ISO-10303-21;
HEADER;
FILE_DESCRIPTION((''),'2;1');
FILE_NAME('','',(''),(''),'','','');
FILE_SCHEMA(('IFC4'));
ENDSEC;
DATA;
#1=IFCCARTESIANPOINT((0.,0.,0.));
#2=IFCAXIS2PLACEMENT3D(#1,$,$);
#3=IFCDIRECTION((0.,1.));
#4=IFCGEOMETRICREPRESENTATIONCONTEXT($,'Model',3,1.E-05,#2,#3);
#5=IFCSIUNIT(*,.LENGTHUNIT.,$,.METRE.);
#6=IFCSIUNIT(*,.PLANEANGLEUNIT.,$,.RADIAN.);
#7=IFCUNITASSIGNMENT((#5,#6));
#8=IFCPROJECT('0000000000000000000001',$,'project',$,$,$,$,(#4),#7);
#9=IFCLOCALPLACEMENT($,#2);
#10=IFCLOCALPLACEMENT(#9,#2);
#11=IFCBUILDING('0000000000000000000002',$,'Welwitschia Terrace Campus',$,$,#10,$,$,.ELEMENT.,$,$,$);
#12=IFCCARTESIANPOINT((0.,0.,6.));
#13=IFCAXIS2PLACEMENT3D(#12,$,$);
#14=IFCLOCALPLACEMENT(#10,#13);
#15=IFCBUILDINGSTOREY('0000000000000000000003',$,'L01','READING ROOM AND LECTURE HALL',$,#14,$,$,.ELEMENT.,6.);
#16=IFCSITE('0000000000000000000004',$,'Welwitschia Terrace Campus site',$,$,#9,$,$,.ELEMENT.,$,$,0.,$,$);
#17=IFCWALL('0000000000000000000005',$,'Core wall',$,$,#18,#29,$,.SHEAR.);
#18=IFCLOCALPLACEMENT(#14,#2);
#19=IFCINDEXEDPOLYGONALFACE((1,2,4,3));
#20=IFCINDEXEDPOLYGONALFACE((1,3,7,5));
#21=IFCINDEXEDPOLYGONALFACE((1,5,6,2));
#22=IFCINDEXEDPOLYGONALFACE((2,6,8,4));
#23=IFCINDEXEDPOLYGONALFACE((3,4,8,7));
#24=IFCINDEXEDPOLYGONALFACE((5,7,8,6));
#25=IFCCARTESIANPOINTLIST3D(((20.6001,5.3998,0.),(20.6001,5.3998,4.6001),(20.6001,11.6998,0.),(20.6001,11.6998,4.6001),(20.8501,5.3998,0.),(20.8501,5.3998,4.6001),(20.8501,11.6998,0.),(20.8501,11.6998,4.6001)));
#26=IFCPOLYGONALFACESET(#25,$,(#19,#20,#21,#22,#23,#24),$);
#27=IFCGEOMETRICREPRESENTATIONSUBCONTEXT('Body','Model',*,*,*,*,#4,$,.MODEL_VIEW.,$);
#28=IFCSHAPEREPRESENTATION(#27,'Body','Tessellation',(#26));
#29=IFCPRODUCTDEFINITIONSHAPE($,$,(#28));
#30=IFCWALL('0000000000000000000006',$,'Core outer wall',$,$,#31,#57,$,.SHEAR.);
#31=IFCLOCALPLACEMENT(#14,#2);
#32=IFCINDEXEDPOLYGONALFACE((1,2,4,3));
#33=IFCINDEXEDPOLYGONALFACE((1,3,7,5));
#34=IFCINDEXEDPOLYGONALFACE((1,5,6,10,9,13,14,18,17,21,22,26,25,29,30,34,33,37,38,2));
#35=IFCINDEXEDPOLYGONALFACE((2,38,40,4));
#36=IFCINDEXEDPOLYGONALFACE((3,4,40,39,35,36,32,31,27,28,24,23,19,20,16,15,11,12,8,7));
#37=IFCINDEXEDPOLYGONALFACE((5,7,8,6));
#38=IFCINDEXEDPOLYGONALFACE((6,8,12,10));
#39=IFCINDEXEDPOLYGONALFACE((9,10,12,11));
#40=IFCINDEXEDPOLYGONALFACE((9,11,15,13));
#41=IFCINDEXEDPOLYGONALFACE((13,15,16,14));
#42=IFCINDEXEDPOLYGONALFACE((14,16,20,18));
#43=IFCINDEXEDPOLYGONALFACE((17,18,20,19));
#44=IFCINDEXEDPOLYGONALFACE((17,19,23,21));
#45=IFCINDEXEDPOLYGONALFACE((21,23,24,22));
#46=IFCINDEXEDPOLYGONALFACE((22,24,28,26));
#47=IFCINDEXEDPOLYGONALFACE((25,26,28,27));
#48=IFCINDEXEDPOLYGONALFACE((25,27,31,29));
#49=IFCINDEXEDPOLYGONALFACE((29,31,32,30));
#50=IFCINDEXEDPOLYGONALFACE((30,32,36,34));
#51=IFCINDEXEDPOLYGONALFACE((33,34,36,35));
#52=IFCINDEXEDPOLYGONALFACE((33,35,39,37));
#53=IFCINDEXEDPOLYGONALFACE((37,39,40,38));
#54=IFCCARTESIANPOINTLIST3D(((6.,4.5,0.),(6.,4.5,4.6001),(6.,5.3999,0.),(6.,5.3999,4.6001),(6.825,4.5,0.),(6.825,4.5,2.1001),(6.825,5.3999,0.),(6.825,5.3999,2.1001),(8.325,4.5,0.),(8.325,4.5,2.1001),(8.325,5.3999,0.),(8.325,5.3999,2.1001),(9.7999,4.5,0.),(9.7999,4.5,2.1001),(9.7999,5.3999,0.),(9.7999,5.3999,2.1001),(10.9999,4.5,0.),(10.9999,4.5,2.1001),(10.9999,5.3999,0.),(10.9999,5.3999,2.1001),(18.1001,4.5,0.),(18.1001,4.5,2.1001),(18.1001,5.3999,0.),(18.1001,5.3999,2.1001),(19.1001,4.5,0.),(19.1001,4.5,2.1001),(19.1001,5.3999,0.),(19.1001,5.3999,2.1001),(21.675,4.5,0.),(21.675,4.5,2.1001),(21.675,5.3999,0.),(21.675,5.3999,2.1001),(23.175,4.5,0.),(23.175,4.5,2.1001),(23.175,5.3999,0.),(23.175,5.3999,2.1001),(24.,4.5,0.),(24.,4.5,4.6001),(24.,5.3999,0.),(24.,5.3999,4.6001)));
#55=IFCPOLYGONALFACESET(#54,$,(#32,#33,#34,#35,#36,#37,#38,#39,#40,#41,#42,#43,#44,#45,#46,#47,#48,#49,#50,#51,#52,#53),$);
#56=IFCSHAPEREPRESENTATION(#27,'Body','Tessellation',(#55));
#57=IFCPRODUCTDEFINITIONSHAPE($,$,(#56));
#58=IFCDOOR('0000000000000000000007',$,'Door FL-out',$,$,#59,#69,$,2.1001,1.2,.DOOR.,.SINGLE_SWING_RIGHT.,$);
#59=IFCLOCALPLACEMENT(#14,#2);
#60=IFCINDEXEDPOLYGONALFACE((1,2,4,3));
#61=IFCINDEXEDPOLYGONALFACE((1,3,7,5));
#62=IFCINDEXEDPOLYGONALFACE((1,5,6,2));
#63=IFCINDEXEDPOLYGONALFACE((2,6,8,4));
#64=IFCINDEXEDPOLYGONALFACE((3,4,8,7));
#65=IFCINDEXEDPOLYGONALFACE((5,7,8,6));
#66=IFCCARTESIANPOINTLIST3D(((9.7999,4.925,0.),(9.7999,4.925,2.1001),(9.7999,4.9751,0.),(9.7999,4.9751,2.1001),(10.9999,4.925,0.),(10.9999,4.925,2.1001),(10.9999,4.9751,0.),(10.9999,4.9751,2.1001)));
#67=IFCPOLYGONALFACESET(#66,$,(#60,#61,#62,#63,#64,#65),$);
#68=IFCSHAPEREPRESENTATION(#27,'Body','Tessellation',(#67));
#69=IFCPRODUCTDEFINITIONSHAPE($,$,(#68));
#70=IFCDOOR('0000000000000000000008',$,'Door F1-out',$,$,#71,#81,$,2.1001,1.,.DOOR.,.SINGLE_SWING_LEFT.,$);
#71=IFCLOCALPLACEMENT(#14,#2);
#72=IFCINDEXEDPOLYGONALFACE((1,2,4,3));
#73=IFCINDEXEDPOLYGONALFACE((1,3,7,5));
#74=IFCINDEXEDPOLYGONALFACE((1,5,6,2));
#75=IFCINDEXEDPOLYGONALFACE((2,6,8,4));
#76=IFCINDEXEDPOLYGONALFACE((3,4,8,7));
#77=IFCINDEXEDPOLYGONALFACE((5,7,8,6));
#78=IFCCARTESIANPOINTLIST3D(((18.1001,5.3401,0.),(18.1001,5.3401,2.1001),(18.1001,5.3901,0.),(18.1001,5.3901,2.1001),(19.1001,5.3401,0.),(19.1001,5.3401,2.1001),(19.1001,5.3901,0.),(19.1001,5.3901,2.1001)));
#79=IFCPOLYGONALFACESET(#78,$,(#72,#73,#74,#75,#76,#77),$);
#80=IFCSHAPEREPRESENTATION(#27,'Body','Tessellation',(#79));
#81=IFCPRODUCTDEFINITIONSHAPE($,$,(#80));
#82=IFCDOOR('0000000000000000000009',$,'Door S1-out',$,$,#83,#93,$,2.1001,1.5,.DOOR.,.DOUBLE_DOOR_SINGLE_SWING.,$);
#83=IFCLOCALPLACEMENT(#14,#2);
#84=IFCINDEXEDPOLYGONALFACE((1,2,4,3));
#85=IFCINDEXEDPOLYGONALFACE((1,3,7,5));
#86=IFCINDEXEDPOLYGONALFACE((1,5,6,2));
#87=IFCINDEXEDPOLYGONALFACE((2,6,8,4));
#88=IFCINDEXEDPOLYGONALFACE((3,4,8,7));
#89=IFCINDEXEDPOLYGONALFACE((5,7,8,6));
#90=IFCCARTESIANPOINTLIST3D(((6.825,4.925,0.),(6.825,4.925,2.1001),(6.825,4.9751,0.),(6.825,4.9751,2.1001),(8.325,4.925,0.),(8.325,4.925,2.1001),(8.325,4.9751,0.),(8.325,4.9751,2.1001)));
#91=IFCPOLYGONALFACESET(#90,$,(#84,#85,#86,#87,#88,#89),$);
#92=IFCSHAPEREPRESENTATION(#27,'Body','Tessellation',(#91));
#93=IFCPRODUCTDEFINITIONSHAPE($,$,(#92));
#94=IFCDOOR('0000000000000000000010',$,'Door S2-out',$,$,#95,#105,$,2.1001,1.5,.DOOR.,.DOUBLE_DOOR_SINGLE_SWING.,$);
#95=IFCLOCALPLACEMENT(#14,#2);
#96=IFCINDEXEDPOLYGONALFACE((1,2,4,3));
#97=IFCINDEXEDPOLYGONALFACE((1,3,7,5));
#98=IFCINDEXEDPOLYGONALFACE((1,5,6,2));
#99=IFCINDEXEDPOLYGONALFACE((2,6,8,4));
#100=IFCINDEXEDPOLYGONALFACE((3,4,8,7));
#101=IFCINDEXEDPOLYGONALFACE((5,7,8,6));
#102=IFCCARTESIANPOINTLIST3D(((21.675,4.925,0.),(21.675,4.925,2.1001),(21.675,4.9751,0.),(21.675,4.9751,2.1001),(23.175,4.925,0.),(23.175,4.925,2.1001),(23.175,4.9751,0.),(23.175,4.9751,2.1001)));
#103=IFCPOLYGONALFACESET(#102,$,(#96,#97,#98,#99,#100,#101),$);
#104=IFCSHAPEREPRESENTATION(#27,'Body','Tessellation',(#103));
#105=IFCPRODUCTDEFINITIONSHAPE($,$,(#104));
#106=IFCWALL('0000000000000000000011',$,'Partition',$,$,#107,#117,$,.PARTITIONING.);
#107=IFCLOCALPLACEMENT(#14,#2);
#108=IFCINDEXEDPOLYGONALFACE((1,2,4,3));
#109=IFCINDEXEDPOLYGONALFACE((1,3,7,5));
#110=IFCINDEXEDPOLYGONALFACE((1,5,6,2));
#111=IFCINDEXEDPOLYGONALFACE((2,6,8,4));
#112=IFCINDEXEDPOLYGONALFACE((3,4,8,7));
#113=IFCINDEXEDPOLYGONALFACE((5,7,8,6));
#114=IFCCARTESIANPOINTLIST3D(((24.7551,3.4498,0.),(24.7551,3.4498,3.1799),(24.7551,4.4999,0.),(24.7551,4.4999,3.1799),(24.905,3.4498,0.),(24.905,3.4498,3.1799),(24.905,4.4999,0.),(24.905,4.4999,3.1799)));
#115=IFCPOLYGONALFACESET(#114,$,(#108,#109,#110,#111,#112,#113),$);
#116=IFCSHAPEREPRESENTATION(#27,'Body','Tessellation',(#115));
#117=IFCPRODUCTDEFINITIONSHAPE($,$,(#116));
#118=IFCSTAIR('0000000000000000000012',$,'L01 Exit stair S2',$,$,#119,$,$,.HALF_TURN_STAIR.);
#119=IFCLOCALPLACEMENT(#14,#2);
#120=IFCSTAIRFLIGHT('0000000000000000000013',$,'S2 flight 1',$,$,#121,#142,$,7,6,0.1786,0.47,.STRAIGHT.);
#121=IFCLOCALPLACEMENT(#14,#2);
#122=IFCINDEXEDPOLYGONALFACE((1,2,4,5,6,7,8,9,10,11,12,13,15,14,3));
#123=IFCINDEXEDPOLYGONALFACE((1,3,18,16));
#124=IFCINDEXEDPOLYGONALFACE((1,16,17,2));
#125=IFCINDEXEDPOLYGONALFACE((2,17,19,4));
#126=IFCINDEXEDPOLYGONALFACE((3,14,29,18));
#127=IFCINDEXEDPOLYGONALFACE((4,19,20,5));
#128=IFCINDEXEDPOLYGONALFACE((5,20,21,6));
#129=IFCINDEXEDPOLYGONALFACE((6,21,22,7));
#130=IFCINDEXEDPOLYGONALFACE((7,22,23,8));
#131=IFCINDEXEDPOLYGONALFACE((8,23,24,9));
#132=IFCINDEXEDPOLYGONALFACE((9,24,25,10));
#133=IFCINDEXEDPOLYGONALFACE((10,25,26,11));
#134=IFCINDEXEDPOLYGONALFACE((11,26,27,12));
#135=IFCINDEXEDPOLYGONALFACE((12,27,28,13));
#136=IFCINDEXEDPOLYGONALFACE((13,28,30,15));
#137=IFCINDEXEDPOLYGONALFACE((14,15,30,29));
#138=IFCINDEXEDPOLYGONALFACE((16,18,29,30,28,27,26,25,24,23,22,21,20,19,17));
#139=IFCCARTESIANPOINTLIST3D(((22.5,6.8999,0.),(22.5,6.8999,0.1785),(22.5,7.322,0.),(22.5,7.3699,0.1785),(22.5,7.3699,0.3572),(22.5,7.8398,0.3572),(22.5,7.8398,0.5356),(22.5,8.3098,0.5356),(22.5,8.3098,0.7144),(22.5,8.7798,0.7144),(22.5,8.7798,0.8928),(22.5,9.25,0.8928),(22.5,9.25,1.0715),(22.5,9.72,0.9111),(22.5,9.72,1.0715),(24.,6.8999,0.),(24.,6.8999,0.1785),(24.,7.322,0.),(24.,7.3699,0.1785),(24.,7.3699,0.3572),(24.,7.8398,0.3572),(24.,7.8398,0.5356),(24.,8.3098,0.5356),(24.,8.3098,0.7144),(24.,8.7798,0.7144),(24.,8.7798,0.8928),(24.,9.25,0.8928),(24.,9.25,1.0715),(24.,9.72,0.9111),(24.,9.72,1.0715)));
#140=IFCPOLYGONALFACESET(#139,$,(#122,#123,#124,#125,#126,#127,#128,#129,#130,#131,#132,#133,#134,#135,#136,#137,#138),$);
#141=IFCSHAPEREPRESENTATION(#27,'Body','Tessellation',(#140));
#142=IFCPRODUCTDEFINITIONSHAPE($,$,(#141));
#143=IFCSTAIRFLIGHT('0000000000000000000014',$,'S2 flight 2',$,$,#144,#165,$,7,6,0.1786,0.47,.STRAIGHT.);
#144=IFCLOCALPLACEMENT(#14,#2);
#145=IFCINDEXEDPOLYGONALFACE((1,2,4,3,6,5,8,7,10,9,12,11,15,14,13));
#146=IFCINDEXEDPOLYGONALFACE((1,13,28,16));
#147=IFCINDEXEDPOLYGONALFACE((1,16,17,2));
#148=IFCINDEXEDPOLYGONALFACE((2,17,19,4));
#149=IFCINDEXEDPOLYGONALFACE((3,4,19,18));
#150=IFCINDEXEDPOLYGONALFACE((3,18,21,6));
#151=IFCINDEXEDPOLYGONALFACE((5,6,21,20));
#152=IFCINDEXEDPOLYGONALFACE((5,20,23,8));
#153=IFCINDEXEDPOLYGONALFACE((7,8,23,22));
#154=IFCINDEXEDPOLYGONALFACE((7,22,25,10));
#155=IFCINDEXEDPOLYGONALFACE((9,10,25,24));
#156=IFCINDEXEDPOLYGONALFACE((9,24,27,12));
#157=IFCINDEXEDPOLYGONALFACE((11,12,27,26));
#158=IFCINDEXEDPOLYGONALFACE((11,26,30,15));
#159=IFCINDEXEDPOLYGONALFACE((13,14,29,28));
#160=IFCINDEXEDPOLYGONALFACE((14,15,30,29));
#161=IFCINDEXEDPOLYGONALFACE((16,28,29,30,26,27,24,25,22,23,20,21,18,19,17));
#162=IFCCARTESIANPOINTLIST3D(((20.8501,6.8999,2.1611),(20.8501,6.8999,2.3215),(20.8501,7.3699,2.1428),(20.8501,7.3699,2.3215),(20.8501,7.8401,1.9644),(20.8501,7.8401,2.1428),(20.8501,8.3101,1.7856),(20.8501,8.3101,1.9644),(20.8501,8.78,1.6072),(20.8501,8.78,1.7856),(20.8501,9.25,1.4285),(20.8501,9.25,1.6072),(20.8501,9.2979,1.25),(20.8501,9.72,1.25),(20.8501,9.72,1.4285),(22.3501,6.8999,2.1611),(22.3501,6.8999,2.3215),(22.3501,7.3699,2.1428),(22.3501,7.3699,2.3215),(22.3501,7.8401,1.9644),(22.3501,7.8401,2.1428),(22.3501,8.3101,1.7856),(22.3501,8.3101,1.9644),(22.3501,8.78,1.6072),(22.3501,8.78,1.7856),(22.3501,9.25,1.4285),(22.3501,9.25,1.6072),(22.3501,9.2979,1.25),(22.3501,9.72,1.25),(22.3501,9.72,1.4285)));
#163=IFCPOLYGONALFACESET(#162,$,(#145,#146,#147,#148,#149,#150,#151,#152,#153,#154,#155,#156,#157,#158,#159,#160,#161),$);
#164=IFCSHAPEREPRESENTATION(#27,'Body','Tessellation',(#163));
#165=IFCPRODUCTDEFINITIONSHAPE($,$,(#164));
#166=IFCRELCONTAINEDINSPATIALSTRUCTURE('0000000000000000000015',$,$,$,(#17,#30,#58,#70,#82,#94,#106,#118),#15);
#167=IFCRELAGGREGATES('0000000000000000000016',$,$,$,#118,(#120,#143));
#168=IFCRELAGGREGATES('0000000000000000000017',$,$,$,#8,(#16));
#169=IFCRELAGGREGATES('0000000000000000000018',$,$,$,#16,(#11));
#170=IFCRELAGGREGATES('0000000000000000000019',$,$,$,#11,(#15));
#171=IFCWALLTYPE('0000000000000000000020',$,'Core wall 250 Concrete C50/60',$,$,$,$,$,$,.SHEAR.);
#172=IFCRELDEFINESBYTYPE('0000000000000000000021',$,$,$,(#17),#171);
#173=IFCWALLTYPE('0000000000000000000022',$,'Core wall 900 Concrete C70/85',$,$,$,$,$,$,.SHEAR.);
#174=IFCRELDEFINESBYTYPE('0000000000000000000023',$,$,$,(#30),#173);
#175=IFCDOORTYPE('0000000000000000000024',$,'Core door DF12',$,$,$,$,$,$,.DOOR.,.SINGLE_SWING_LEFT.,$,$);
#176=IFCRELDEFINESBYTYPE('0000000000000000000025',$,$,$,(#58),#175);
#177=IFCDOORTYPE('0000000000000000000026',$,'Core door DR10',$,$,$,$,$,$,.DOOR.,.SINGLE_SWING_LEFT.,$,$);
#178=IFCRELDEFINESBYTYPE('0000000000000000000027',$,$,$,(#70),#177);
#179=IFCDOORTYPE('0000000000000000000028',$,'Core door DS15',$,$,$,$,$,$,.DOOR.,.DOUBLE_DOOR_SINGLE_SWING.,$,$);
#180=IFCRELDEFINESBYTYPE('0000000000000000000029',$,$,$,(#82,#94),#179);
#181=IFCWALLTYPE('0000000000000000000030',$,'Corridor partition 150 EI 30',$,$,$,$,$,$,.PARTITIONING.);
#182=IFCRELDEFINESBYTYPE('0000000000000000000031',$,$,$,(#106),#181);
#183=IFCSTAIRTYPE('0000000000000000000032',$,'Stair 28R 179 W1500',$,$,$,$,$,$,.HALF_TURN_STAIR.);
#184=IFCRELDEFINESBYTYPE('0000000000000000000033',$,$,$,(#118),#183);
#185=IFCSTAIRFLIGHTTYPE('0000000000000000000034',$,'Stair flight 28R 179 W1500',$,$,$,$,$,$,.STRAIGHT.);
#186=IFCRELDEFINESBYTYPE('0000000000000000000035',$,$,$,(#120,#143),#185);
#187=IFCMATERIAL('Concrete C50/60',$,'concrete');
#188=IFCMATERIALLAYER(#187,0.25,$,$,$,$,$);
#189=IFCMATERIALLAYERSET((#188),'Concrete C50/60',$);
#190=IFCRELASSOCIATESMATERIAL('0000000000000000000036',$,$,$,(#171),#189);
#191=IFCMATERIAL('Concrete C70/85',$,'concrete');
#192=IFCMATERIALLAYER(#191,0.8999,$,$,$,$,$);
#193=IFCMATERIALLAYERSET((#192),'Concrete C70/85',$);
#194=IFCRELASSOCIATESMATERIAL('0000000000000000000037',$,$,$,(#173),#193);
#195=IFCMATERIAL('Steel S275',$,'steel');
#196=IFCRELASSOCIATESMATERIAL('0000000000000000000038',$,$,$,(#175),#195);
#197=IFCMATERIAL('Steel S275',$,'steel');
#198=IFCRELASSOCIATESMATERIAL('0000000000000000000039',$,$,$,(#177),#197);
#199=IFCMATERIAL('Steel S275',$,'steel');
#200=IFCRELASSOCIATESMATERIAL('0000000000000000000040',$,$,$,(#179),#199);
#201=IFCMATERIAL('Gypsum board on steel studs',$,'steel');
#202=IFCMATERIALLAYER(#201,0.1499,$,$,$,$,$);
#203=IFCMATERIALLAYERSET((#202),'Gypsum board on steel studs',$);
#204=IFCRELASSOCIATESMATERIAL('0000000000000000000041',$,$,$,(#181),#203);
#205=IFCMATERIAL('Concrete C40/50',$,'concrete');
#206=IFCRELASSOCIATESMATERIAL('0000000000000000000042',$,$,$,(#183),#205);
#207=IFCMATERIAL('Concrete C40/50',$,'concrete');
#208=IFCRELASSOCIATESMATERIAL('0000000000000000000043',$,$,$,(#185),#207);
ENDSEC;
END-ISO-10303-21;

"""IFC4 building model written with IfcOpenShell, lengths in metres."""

from ifc_helpers import new_model, si_unit, direction, frame, frame_2d, origin, place, context, subcontext, project, spatial, polyline, rectangle, outline, extrude, material, layer, layer_set, type_object, element, fill, aggregate, save


model = new_model("IFC4")

# Units and contexts
model_context = context("Model", 3, precision=1e-05, world=origin(), true_north=direction((0.0, 1.0)))
body_context = subcontext(model_context, "Body", "Model", "MODEL_VIEW")
ifc_project = project(units=[si_unit("LENGTHUNIT", "METRE"), si_unit("PLANEANGLEUNIT", "RADIAN")], contexts=[model_context])

# Site, building, storey
site_placement = place(None, origin())
site = spatial("IfcSite", under=ifc_project, at=site_placement, Name="Welwitschia Terrace Campus site", CompositionType="ELEMENT", RefElevation=0.0)
building_placement = place(site_placement, origin())
building = spatial("IfcBuilding", under=site, at=building_placement, Name="Welwitschia Terrace Campus", CompositionType="ELEMENT")
storey_placement = place(building_placement, frame((0.0, 0.0, 6.0)))
storey = spatial("IfcBuildingStorey", under=building, at=storey_placement, Name="L01", Description="READING ROOM AND LECTURE HALL", CompositionType="ELEMENT", Elevation=6.0)

# Wall
ifc_material_1 = material(Name="Concrete C50/60", Category="concrete")
ifc_layer_1 = layer(ifc_material_1, 0.25)
ifc_layer_set_1 = layer_set([ifc_layer_1], Name="Concrete C50/60")
wall_type_1 = type_object("IfcWallType", Name="Core wall 250 Concrete C50/60", PredefinedType="SHEAR", material=ifc_layer_set_1)
wall_1_placement = place(storey_placement, frame((20.7251, 5.3999, 0.0), z_axis=(0.0, 0.0, 1.0), x_axis=(0.0, 1.0, 0.0)))
element("IfcWall", 1, at=wall_1_placement, inside=storey, type_object=wall_type_1, Name="Core wall", PredefinedType="SHEAR", context=body_context, shape_type="SweptSolid", body=[
    extrude(rectangle(XDim=6.3, YDim=0.25, at=frame_2d((3.1499, 0.0))), origin(), (0.0, 0.0, 1.0), 4.6001),
])

# Wall, openings, doors
ifc_material_2 = material(Name="Concrete C70/85", Category="concrete")
ifc_layer_2 = layer(ifc_material_2, 0.8999)
ifc_layer_set_2 = layer_set([ifc_layer_2], Name="Concrete C70/85")
wall_type_2 = type_object("IfcWallType", Name="Core wall 900 Concrete C70/85", PredefinedType="SHEAR", material=ifc_layer_set_2)
wall_2_placement = place(storey_placement, frame((24.0, 4.95, 0.0), z_axis=(0.0, 0.0, 1.0), x_axis=(-1.0, 0.0, 0.0)))
wall_2 = element("IfcWall", 2, at=wall_2_placement, inside=storey, type_object=wall_type_2, Name="Core outer wall", PredefinedType="SHEAR", context=body_context, shape_type="SweptSolid", body=[
    extrude(rectangle(XDim=18.0, YDim=0.8999, at=frame_2d((9.0, 0.0))), origin(), (0.0, 0.0, 1.0), 4.6001),
])
opening_1_placement = place(wall_2_placement, frame((15.675, 0.0, 0.0)))
opening_1 = element("IfcOpeningElement", 3, at=opening_1_placement, cuts=wall_2, PredefinedType="OPENING", context=body_context, shape_type="SweptSolid", body=[
    extrude(rectangle(XDim=1.5, YDim=2.1001, at=frame_2d((0.75, 1.05))), frame((0.0, 0.46, 0.0), z_axis=(0.0, -1.0, 0.0), x_axis=(1.0, 0.0, 0.0)), (0.0, 0.0, 1.0), 0.9199),
])
opening_2_placement = place(wall_2_placement, frame((0.825, 0.0, 0.0)))
opening_2 = element("IfcOpeningElement", 4, at=opening_2_placement, cuts=wall_2, PredefinedType="OPENING", context=body_context, shape_type="SweptSolid", body=[
    extrude(rectangle(XDim=1.5, YDim=2.1001, at=frame_2d((0.75, 1.05))), frame((0.0, 0.46, 0.0), z_axis=(0.0, -1.0, 0.0), x_axis=(1.0, 0.0, 0.0)), (0.0, 0.0, 1.0), 0.9199),
])
opening_3_placement = place(wall_2_placement, frame((13.0, 0.0, 0.0)))
opening_3 = element("IfcOpeningElement", 5, at=opening_3_placement, cuts=wall_2, PredefinedType="OPENING", context=body_context, shape_type="SweptSolid", body=[
    extrude(rectangle(XDim=1.2, YDim=2.1001, at=frame_2d((0.6001, 1.05))), frame((0.0, 0.46, 0.0), z_axis=(0.0, -1.0, 0.0), x_axis=(1.0, 0.0, 0.0)), (0.0, 0.0, 1.0), 0.9199),
])
opening_4_placement = place(wall_2_placement, frame((4.8999, 0.0, 0.0)))
opening_4 = element("IfcOpeningElement", 6, at=opening_4_placement, cuts=wall_2, PredefinedType="OPENING", context=body_context, shape_type="SweptSolid", body=[
    extrude(rectangle(XDim=1.0, YDim=2.1001, at=frame_2d((0.5, 1.05))), frame((0.0, 0.46, 0.0), z_axis=(0.0, -1.0, 0.0), x_axis=(1.0, 0.0, 0.0)), (0.0, 0.0, 1.0), 0.9199),
])
ifc_material_3 = material(Name="Steel S275", Category="steel")
door_type_1 = type_object("IfcDoorType", Name="Core door DF12", OperationType="SINGLE_SWING_LEFT", PredefinedType="DOOR", material=ifc_material_3)
door_1_placement = place(opening_3_placement, origin())
door_1 = element("IfcDoor", 7, at=door_1_placement, inside=storey, type_object=door_type_1, Name="Door FL-out", OperationType="SINGLE_SWING_RIGHT", OverallHeight=2.1001, OverallWidth=1.2, PredefinedType="DOOR", context=body_context, shape_type="SweptSolid", body=[
    extrude(rectangle(XDim=1.2, YDim=2.1001, at=frame_2d((0.6001, 1.05))), frame((0.0, 0.0249, 0.0), z_axis=(0.0, -1.0, 0.0), x_axis=(1.0, 0.0, 0.0)), (0.0, 0.0, 1.0), 0.05),
])
fill(opening_3, door_1)
ifc_material_4 = material(Name="Steel S275", Category="steel")
door_type_2 = type_object("IfcDoorType", Name="Core door DR10", OperationType="SINGLE_SWING_LEFT", PredefinedType="DOOR", material=ifc_material_4)
door_2_placement = place(opening_4_placement, origin())
door_2 = element("IfcDoor", 8, at=door_2_placement, inside=storey, type_object=door_type_2, Name="Door F1-out", OperationType="SINGLE_SWING_LEFT", OverallHeight=2.1001, OverallWidth=1.0, PredefinedType="DOOR", context=body_context, shape_type="SweptSolid", body=[
    extrude(rectangle(XDim=1.0, YDim=2.1001, at=frame_2d((0.5, 1.05))), frame((0.0, -0.3901, 0.0), z_axis=(0.0, -1.0, 0.0), x_axis=(1.0, 0.0, 0.0)), (0.0, 0.0, 1.0), 0.05),
])
fill(opening_4, door_2)
ifc_material_5 = material(Name="Steel S275", Category="steel")
door_type_3 = type_object("IfcDoorType", Name="Core door DS15", OperationType="DOUBLE_DOOR_SINGLE_SWING", PredefinedType="DOOR", material=ifc_material_5)
door_3_placement = place(opening_1_placement, origin())
door_3 = element("IfcDoor", 9, at=door_3_placement, inside=storey, type_object=door_type_3, Name="Door S1-out", OperationType="DOUBLE_DOOR_SINGLE_SWING", OverallHeight=2.1001, OverallWidth=1.5, PredefinedType="DOOR", context=body_context, shape_type="SweptSolid", body=[
    extrude(rectangle(XDim=1.5, YDim=2.1001, at=frame_2d((0.75, 1.05))), frame((0.0, 0.0249, 0.0), z_axis=(0.0, -1.0, 0.0), x_axis=(1.0, 0.0, 0.0)), (0.0, 0.0, 1.0), 0.05),
])
fill(opening_1, door_3)
door_4_placement = place(opening_2_placement, origin())
door_4 = element("IfcDoor", 10, at=door_4_placement, inside=storey, type_object=door_type_3, Name="Door S2-out", OperationType="DOUBLE_DOOR_SINGLE_SWING", OverallHeight=2.1001, OverallWidth=1.5, PredefinedType="DOOR", context=body_context, shape_type="SweptSolid", body=[
    extrude(rectangle(XDim=1.5, YDim=2.1001, at=frame_2d((0.75, 1.05))), frame((0.0, 0.0249, 0.0), z_axis=(0.0, -1.0, 0.0), x_axis=(1.0, 0.0, 0.0)), (0.0, 0.0, 1.0), 0.05),
])
fill(opening_2, door_4)

# Wall
ifc_material_6 = material(Name="Gypsum board on steel studs", Category="steel")
ifc_layer_3 = layer(ifc_material_6, 0.1499)
ifc_layer_set_3 = layer_set([ifc_layer_3], Name="Gypsum board on steel studs")
wall_type_3 = type_object("IfcWallType", Name="Corridor partition 150 EI 30", PredefinedType="PARTITIONING", material=ifc_layer_set_3)
wall_3_placement = place(storey_placement, frame((24.8301, 3.45, 0.0), z_axis=(0.0, 0.0, 1.0), x_axis=(0.0, 1.0, 0.0)))
element("IfcWall", 11, at=wall_3_placement, inside=storey, type_object=wall_type_3, Name="Partition", PredefinedType="PARTITIONING", context=body_context, shape_type="SweptSolid", body=[
    extrude(rectangle(XDim=1.05, YDim=0.1499, at=frame_2d((0.5249, 0.0))), origin(), (0.0, 0.0, 1.0), 3.1799),
])

# Stair, stair flights
ifc_material_7 = material(Name="Concrete C40/50", Category="concrete")
stair_type = type_object("IfcStairType", Name="Stair 28R 179 W1500", PredefinedType="HALF_TURN_STAIR", material=ifc_material_7)
stair_placement = place(storey_placement, origin())
stair = element("IfcStair", 12, at=stair_placement, inside=storey, type_object=stair_type, Name="L01 Exit stair S2", PredefinedType="HALF_TURN_STAIR")
ifc_material_8 = material(Name="Concrete C40/50", Category="concrete")
stair_flight_type = type_object("IfcStairFlightType", Name="Stair flight 28R 179 W1500", PredefinedType="STRAIGHT", material=ifc_material_8)
stair_flight_1_placement = place(storey_placement, frame((23.25, 6.8999, 0.0), z_axis=(0.0, 0.0, 1.0), x_axis=(0.0, 1.0, 0.0)))
stair_flight_1 = element("IfcStairFlight", 13, at=stair_flight_1_placement, type_object=stair_flight_type, Name="S2 flight 1", NumberOfRisers=7, NumberOfTreads=6, PredefinedType="STRAIGHT", RiserHeight=0.1786, TreadLength=0.47, context=body_context, shape_type="SweptSolid", body=[
    extrude(outline(polyline([(0.0, 0.0), (0.0, 0.1785), (0.47, 0.1785), (0.47, 0.3572), (0.9399, 0.3572), (0.9399, 0.5356), (1.4099, 0.5356), (1.4099, 0.7144), (1.8799, 0.7144), (1.8799, 0.8928), (2.3501, 0.8928), (2.3501, 1.0715), (2.8201, 1.0715), (2.8201, 1.25), (2.8201, 0.9111), (0.4221, 0.0), (0.0, 0.0)])), frame((0.0, 0.75, 0.0), z_axis=(0.0, -1.0, 0.0), x_axis=(1.0, 0.0, 0.0)), (0.0, 0.0, 1.0), 1.5),
])
stair_flight_2_placement = place(storey_placement, frame((21.6001, 9.72, 1.25), z_axis=(0.0, 0.0, 1.0), x_axis=(0.0, -1.0, 0.0)))
stair_flight_2 = element("IfcStairFlight", 14, at=stair_flight_2_placement, type_object=stair_flight_type, Name="S2 flight 2", NumberOfRisers=7, NumberOfTreads=6, PredefinedType="STRAIGHT", RiserHeight=0.1786, TreadLength=0.47, context=body_context, shape_type="SweptSolid", body=[
    extrude(outline(polyline([(0.0, 0.0), (0.0, 0.1785), (0.47, 0.1785), (0.47, 0.3572), (0.9399, 0.3572), (0.9399, 0.5356), (1.4099, 0.5356), (1.4099, 0.7144), (1.8799, 0.7144), (1.8799, 0.8928), (2.3501, 0.8928), (2.3501, 1.0715), (2.8201, 1.0715), (2.8201, 1.25), (2.8201, 0.9111), (0.4221, 0.0), (0.0, 0.0)])), frame((0.0, 0.75, 0.0), z_axis=(0.0, -1.0, 0.0), x_axis=(1.0, 0.0, 0.0)), (0.0, 0.0, 1.0), 1.5),
])
aggregate(stair, [stair_flight_1, stair_flight_2])

save(model, "model.ifc")
